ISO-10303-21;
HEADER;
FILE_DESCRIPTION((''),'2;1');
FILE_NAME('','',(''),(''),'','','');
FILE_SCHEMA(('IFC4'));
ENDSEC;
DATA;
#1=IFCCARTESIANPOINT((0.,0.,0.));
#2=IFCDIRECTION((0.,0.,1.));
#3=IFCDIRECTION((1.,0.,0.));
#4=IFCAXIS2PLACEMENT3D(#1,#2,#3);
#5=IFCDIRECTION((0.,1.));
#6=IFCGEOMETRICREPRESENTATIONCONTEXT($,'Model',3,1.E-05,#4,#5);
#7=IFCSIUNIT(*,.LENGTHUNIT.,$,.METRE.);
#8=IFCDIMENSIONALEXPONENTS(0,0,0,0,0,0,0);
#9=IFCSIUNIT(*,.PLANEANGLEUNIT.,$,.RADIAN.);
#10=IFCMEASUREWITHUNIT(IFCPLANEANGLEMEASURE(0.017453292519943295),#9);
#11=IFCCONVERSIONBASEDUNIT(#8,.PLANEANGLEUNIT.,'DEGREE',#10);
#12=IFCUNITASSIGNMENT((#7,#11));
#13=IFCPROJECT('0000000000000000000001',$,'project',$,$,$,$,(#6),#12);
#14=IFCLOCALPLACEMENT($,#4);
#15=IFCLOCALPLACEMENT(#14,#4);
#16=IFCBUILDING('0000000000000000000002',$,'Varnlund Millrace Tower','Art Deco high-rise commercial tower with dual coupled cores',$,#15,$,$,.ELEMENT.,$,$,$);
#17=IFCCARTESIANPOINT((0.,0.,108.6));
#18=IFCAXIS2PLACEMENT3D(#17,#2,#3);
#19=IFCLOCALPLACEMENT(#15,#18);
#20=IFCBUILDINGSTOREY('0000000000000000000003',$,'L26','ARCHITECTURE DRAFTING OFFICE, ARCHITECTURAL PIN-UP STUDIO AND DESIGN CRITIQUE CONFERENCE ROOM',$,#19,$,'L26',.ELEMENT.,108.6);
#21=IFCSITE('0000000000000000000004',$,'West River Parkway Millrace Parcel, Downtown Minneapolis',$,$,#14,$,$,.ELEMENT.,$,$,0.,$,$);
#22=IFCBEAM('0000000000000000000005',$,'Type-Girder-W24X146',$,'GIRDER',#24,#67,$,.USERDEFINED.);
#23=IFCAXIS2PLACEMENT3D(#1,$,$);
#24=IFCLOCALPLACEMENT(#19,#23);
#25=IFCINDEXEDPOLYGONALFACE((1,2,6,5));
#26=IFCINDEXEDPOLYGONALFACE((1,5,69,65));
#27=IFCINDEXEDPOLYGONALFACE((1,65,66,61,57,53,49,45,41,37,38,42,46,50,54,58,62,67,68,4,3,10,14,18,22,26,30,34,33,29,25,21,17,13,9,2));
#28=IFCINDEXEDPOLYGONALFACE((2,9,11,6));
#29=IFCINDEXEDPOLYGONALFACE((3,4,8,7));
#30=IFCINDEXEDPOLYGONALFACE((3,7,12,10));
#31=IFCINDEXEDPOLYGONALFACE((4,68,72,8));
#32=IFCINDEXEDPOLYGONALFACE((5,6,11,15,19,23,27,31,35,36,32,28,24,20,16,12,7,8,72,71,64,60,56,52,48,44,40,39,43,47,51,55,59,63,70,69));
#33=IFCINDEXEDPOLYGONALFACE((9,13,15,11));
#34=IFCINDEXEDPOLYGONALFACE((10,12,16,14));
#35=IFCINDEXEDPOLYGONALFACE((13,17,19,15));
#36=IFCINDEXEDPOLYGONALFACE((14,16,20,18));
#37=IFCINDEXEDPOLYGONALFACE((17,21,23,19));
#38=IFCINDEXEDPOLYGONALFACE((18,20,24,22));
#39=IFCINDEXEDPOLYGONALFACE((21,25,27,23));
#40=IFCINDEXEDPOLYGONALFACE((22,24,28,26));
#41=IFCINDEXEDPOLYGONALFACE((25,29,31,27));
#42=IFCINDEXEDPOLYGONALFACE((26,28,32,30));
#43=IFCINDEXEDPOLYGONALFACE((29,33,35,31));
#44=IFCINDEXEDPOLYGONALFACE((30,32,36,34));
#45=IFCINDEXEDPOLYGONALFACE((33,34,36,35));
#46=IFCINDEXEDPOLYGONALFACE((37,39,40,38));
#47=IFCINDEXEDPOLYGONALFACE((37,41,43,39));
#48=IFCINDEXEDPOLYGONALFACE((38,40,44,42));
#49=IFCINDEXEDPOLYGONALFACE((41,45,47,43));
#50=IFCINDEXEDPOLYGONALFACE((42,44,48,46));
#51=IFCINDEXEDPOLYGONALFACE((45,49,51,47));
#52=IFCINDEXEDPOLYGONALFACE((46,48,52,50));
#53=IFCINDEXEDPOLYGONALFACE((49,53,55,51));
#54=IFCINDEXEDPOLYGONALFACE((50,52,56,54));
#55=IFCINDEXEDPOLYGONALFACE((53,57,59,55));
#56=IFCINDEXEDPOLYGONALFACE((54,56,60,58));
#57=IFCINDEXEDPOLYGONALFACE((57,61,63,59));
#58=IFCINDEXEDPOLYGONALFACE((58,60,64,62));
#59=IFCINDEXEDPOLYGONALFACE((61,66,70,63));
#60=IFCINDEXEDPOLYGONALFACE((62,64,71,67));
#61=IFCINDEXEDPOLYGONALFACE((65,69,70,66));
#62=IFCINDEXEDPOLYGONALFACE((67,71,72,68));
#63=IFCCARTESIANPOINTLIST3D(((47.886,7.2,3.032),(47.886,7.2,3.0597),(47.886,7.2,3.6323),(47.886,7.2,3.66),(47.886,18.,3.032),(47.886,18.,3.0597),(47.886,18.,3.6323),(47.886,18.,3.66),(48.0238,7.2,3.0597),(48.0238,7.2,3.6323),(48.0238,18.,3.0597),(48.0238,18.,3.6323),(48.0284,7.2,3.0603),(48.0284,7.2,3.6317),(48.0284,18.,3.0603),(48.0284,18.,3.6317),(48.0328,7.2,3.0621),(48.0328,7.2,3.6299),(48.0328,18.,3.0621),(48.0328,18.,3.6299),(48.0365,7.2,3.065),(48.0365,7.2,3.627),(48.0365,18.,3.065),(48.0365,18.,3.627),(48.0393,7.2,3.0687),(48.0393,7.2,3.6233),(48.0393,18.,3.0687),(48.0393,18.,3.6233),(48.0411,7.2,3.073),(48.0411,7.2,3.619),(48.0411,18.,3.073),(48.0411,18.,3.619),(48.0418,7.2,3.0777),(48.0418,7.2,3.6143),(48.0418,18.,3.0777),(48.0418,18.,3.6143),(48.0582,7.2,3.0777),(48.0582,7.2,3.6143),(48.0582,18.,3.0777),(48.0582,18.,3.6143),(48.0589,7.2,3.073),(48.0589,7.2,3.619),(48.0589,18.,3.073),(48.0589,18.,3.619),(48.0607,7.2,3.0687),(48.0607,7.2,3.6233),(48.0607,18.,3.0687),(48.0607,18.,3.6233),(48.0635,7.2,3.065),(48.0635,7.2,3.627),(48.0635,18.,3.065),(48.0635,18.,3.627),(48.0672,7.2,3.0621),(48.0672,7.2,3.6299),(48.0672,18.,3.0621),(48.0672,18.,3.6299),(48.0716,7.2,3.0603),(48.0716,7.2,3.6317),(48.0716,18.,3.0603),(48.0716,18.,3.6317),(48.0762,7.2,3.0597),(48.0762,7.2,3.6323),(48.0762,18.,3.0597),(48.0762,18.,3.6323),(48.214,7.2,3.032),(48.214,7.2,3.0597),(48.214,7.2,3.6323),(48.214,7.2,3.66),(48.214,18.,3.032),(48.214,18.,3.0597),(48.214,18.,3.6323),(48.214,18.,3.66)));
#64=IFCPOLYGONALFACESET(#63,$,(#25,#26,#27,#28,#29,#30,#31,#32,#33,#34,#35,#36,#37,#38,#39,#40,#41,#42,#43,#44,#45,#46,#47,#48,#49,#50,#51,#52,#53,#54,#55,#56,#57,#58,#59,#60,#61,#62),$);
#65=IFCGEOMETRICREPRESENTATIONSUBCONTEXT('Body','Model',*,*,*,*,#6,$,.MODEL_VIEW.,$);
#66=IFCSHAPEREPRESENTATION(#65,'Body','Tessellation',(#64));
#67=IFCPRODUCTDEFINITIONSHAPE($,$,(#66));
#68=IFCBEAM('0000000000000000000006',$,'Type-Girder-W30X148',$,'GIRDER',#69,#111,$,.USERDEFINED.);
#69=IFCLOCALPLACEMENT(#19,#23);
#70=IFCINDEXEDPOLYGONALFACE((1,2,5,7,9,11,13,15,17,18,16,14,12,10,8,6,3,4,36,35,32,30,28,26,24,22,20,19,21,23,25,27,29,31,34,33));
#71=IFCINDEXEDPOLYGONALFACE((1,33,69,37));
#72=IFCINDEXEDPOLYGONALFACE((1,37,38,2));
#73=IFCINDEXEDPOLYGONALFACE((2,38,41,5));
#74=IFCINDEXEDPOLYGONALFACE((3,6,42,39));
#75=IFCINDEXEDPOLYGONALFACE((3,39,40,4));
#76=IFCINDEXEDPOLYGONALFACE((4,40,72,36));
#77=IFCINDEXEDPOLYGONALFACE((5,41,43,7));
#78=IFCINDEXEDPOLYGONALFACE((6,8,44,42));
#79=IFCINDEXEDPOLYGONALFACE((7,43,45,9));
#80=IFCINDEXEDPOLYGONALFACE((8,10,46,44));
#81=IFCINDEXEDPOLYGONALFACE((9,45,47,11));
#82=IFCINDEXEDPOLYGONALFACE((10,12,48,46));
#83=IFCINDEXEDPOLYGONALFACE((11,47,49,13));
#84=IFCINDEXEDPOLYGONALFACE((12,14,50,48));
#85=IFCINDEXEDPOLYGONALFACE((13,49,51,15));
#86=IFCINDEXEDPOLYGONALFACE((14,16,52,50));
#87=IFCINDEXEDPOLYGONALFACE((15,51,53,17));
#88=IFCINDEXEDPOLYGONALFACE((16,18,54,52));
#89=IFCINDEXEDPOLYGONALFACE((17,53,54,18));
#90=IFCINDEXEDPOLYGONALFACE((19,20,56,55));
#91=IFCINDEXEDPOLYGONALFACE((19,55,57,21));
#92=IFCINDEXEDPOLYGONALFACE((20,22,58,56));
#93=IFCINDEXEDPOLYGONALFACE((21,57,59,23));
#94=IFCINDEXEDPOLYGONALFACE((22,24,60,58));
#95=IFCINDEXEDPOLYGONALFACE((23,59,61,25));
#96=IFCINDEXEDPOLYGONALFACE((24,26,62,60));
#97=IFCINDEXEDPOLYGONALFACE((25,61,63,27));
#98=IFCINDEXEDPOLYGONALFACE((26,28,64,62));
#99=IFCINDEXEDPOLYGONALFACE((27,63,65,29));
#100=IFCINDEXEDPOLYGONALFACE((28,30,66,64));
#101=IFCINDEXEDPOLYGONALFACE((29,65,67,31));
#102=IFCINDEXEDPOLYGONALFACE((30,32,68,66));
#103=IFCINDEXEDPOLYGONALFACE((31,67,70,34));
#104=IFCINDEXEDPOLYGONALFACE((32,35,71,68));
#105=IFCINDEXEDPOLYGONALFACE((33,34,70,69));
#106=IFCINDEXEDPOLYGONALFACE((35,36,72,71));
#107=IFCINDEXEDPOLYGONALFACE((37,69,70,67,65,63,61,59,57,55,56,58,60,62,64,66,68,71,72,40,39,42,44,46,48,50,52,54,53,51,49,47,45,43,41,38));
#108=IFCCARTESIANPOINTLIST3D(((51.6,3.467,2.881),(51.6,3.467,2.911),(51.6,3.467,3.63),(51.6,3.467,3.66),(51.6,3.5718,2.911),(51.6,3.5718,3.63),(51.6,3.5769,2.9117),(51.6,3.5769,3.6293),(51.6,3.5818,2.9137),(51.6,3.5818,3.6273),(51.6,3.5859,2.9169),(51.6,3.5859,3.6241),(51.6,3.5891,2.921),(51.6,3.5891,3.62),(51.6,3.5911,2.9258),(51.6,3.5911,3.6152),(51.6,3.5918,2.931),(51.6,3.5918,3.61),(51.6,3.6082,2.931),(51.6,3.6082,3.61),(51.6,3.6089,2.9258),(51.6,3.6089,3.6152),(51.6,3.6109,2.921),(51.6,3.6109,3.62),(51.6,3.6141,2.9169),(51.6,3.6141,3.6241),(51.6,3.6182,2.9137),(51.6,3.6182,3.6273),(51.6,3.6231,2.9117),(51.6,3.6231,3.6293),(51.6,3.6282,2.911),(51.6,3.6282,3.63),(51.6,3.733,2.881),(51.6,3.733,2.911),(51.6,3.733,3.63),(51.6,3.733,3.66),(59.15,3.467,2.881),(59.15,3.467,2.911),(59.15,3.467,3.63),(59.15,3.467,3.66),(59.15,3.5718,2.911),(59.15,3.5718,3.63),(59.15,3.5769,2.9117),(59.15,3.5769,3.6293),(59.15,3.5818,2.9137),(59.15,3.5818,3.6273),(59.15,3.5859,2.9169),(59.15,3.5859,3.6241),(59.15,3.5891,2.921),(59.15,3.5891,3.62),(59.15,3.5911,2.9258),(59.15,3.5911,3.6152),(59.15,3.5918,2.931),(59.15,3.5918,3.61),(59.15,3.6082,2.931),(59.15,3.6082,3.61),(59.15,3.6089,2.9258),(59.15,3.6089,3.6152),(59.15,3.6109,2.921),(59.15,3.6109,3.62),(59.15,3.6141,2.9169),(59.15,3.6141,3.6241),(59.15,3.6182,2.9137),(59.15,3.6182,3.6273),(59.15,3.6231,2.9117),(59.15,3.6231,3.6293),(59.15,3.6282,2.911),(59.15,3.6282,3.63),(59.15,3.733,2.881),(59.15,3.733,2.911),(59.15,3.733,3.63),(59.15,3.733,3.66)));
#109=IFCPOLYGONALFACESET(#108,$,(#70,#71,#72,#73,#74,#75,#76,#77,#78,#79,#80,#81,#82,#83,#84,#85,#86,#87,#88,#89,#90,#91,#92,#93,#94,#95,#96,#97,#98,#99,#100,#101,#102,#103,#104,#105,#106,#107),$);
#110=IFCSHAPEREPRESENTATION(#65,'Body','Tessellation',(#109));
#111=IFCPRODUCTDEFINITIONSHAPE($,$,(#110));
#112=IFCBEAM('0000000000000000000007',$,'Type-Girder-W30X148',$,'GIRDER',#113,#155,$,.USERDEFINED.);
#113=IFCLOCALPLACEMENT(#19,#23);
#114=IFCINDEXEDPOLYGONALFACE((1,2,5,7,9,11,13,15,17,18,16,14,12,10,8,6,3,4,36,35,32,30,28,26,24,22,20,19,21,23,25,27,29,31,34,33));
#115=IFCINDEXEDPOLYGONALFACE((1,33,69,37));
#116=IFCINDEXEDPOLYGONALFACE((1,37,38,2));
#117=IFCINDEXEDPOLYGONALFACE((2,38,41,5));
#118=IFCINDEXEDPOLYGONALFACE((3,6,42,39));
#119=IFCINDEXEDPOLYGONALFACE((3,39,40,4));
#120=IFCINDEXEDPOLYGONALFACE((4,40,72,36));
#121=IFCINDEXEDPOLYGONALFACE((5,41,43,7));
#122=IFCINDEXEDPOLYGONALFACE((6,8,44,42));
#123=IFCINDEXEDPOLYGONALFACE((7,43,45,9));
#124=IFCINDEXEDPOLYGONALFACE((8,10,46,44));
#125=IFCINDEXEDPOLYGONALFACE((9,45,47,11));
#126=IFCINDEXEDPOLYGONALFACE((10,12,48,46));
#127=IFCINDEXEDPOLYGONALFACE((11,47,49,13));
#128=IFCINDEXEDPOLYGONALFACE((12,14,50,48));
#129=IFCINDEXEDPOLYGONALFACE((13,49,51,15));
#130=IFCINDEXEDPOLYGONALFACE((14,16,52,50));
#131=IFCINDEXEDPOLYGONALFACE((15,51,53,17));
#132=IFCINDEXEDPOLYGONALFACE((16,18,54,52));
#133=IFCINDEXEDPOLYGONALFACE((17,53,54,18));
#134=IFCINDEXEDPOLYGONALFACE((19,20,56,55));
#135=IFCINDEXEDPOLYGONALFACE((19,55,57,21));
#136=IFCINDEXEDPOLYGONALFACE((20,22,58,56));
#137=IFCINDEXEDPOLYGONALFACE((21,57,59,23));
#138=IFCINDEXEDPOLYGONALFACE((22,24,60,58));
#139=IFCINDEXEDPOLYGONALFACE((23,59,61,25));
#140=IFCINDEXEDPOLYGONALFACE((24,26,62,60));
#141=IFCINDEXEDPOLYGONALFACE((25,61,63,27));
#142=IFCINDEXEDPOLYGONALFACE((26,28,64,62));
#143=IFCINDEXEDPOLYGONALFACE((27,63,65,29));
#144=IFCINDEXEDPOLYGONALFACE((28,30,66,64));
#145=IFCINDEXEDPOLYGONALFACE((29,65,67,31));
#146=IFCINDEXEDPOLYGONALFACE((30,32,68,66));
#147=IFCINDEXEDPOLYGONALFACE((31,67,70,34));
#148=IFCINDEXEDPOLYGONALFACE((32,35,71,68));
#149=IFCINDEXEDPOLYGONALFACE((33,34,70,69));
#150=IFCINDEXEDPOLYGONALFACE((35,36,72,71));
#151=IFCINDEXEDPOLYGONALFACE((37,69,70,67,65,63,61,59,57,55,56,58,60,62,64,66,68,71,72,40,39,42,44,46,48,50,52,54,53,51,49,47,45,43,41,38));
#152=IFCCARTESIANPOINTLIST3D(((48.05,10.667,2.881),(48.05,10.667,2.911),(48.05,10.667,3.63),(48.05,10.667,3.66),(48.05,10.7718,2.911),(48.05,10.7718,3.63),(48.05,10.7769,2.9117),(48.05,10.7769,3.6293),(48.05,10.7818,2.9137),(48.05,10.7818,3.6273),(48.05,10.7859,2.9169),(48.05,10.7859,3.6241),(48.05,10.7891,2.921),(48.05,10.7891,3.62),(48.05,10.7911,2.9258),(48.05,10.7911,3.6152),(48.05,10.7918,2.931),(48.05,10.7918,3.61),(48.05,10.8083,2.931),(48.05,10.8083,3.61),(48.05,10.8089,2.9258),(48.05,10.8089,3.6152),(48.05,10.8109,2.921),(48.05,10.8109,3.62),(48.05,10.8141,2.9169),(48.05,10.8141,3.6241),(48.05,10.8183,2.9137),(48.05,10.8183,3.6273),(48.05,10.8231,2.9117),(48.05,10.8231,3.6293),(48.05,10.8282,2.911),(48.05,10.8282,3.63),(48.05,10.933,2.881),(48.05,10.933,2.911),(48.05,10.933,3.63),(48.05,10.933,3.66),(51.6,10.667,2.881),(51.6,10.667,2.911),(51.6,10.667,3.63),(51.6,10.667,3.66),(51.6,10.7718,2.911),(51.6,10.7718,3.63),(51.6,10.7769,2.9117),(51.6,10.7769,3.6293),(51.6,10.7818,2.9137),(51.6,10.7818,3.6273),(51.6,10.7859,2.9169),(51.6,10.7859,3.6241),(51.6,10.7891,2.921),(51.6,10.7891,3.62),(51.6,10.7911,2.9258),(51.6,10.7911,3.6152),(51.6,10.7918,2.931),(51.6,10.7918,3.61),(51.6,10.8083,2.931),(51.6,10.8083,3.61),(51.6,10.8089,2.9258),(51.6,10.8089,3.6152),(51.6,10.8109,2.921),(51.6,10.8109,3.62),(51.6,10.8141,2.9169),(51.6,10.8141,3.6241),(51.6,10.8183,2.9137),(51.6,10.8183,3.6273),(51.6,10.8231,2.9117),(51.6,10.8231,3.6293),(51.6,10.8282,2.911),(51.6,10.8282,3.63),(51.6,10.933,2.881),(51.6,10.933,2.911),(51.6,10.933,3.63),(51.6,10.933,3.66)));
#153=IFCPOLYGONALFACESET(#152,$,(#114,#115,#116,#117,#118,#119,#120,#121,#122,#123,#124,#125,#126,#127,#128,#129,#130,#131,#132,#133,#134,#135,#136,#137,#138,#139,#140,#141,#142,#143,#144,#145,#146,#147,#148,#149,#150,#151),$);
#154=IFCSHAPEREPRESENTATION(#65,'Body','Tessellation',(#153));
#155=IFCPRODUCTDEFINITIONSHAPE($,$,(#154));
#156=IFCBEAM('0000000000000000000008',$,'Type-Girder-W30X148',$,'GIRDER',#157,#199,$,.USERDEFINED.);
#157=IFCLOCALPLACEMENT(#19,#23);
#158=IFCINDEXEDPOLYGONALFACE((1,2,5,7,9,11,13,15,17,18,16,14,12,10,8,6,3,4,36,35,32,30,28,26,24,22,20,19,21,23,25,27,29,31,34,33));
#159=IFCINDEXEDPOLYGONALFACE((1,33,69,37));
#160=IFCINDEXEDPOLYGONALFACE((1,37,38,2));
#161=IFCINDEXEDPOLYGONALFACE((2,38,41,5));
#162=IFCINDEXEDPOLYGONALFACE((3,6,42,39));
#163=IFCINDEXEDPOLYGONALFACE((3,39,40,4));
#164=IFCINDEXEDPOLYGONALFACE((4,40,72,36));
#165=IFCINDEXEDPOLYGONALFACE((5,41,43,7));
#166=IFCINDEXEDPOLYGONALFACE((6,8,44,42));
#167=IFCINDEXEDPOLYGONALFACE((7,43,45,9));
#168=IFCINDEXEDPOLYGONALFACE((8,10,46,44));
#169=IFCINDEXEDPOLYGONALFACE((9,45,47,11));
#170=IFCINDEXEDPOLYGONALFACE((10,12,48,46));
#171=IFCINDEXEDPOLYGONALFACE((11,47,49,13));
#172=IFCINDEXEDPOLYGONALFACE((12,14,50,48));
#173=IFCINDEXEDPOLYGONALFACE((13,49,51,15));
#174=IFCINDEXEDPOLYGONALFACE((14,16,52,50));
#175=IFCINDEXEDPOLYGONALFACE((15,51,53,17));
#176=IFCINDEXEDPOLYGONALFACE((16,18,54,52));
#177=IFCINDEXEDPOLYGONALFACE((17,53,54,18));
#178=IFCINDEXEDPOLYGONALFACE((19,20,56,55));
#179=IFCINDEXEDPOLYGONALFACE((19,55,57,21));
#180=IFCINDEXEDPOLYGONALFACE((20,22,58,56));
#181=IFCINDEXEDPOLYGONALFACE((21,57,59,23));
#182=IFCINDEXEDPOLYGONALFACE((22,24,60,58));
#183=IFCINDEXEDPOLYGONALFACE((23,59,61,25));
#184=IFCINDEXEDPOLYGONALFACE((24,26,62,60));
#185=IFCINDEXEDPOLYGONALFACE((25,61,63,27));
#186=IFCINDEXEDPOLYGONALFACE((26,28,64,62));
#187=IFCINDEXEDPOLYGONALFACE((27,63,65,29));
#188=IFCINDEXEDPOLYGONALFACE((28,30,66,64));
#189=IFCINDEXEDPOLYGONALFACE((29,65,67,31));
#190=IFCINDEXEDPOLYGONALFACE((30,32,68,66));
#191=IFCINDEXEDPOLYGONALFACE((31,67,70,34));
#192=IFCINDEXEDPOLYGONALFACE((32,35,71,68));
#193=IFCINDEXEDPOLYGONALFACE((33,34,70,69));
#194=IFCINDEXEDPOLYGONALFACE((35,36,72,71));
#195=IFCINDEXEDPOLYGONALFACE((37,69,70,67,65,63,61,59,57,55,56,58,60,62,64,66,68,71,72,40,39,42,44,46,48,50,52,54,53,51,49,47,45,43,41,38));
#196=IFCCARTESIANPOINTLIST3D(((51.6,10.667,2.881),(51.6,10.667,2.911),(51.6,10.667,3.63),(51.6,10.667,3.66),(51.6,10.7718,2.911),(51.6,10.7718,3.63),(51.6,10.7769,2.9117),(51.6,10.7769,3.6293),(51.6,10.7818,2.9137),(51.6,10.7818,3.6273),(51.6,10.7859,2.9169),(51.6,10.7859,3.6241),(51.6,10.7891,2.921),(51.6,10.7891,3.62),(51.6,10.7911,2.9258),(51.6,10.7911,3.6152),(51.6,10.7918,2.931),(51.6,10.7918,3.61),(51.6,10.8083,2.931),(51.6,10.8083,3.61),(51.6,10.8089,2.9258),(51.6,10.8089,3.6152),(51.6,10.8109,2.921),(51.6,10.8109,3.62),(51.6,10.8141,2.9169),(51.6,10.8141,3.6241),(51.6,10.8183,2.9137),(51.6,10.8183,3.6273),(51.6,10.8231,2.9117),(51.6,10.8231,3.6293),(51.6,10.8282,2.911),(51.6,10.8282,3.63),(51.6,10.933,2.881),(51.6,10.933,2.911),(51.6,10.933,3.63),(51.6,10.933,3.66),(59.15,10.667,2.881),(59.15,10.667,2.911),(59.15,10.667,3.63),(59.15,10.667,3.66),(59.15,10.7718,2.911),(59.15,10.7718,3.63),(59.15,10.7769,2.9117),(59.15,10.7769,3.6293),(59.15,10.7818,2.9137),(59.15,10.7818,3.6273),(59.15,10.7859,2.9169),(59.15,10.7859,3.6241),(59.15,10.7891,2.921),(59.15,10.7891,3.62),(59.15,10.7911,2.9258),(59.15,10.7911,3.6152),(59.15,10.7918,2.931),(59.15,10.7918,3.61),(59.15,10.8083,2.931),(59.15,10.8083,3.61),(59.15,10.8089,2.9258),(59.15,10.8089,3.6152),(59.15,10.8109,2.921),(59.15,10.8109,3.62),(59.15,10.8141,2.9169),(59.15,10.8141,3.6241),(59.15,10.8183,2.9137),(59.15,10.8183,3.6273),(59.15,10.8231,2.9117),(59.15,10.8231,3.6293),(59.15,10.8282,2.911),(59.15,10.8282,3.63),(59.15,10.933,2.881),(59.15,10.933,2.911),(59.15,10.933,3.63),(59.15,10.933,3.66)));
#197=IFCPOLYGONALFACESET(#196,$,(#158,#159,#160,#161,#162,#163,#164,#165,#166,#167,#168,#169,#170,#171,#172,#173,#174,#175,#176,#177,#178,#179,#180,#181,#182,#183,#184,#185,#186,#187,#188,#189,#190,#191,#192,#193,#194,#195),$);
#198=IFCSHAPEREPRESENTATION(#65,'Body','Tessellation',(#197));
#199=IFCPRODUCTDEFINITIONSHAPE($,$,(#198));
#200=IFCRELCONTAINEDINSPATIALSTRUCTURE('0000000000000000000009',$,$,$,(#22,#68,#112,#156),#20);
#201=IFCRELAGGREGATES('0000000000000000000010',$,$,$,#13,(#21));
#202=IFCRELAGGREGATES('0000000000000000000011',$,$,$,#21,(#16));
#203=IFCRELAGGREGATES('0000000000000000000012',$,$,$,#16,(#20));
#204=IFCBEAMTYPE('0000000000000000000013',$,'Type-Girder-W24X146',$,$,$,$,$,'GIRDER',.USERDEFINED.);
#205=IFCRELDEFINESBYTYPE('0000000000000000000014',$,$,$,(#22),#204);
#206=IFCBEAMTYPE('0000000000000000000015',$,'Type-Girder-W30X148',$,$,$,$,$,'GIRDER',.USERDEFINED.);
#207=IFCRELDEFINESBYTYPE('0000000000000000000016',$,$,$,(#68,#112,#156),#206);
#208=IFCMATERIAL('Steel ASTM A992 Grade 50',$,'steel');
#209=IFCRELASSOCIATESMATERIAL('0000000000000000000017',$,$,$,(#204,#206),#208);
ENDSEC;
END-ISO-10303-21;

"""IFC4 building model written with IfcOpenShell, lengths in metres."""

from ifc_helpers import new_model, entity, si_unit, converted_unit, direction, frame, origin_with_axes, origin_2d_with_axis, place, context, subcontext, project, spatial, i_section, extrude, material, material_profile, profile_set, type_object, element, save


model = new_model("IFC4")

# Units and contexts
model_context = context("Model", 3, precision=1e-05, world=origin_with_axes(), true_north=direction((0.0, 1.0)))
body_context = subcontext(model_context, "Body", "Model", "MODEL_VIEW")
ifc_project = project(units=[si_unit("LENGTHUNIT", "METRE"), converted_unit("PLANEANGLEUNIT", "DEGREE", entity("IfcPlaneAngleMeasure", 0.017453292519943295), si_unit("PLANEANGLEUNIT", "RADIAN"), dimensions=[0, 0, 0, 0, 0, 0, 0])], contexts=[model_context])

# Site, building, storey
site_placement = place(None, origin_with_axes())
site = spatial("IfcSite", under=ifc_project, at=site_placement, Name="West River Parkway Millrace Parcel, Downtown Minneapolis", CompositionType="ELEMENT", RefElevation=0.0)
building_placement = place(site_placement, origin_with_axes())
building = spatial("IfcBuilding", under=site, at=building_placement, Name="Varnlund Millrace Tower", Description="Art Deco high-rise commercial tower with dual coupled cores", CompositionType="ELEMENT")
storey_placement = place(building_placement, frame((0.0, 0.0, 108.6), z_axis=(0.0, 0.0, 1.0), x_axis=(1.0, 0.0, 0.0)))
storey = spatial("IfcBuildingStorey", under=building, at=storey_placement, Name="L26", Description="ARCHITECTURE DRAFTING OFFICE, ARCHITECTURAL PIN-UP STUDIO AND DESIGN CRITIQUE CONFERENCE ROOM", LongName="L26", CompositionType="ELEMENT", Elevation=108.6)

# Beams
ifc_material_1 = material(Name="Steel ASTM A992 Grade 50", Category="steel")
ifc_material_profile_1 = material_profile(ifc_material_1, i_section(OverallWidth=0.328, OverallDepth=0.628, WebThickness=0.0165, FlangeThickness=0.0277, FilletRadius=0.018, at=origin_2d_with_axis()), Name="Steel ASTM A992 Grade 50")
ifc_profile_set_1 = profile_set([ifc_material_profile_1], Name="Steel ASTM A992 Grade 50")
beam_type_1 = type_object("IfcBeamType", Name="Type-Girder-W24X146", ElementType="GIRDER", PredefinedType="USERDEFINED", material=ifc_profile_set_1)
beam_1_placement = place(storey_placement, frame((48.05, 7.2, 3.346), z_axis=(0.0, 1.0, 0.0), x_axis=(-1.0, 0.0, 0.0)))
element("IfcBeam", 1, at=beam_1_placement, inside=storey, type_object=beam_type_1, Name="Type-Girder-W24X146", ObjectType="GIRDER", PredefinedType="USERDEFINED", context=body_context, shape_type="SweptSolid", body=[
    extrude(i_section(OverallWidth=0.328, OverallDepth=0.628, WebThickness=0.0165, FlangeThickness=0.0277, FilletRadius=0.018, at=origin_2d_with_axis()), origin_with_axes(), (0.0, 0.0, 1.0), 10.8),
])
ifc_material_profile_2 = material_profile(ifc_material_1, i_section(OverallWidth=0.266, OverallDepth=0.779, WebThickness=0.0165, FlangeThickness=0.03, FilletRadius=0.02, at=origin_2d_with_axis()), Name="Steel ASTM A992 Grade 50")
ifc_profile_set_2 = profile_set([ifc_material_profile_2], Name="Steel ASTM A992 Grade 50")
beam_type_2 = type_object("IfcBeamType", Name="Type-Girder-W30X148", ElementType="GIRDER", PredefinedType="USERDEFINED", material=ifc_profile_set_2)
beam_2_placement = place(storey_placement, frame((51.6, 3.6, 3.2705), z_axis=(1.0, 0.0, 0.0), x_axis=(0.0, 1.0, 0.0)))
element("IfcBeam", 2, at=beam_2_placement, inside=storey, type_object=beam_type_2, Name="Type-Girder-W30X148", ObjectType="GIRDER", PredefinedType="USERDEFINED", context=body_context, shape_type="SweptSolid", body=[
    extrude(i_section(OverallWidth=0.266, OverallDepth=0.779, WebThickness=0.0165, FlangeThickness=0.03, FilletRadius=0.02, at=origin_2d_with_axis()), origin_with_axes(), (0.0, 0.0, 1.0), 7.55),
])
beam_3_placement = place(storey_placement, frame((48.05, 10.8, 3.2705), z_axis=(1.0, 0.0, 0.0), x_axis=(0.0, 1.0, 0.0)))
element("IfcBeam", 3, at=beam_3_placement, inside=storey, type_object=beam_type_2, Name="Type-Girder-W30X148", ObjectType="GIRDER", PredefinedType="USERDEFINED", context=body_context, shape_type="SweptSolid", body=[
    extrude(i_section(OverallWidth=0.266, OverallDepth=0.779, WebThickness=0.0165, FlangeThickness=0.03, FilletRadius=0.02, at=origin_2d_with_axis()), origin_with_axes(), (0.0, 0.0, 1.0), 3.55),
])
beam_4_placement = place(storey_placement, frame((51.6, 10.8, 3.2705), z_axis=(1.0, 0.0, 0.0), x_axis=(0.0, 1.0, 0.0)))
element("IfcBeam", 4, at=beam_4_placement, inside=storey, type_object=beam_type_2, Name="Type-Girder-W30X148", ObjectType="GIRDER", PredefinedType="USERDEFINED", context=body_context, shape_type="SweptSolid", body=[
    extrude(i_section(OverallWidth=0.266, OverallDepth=0.779, WebThickness=0.0165, FlangeThickness=0.03, FilletRadius=0.02, at=origin_2d_with_axis()), origin_with_axes(), (0.0, 0.0, 1.0), 7.55),
])

save(model, "model.ifc")
